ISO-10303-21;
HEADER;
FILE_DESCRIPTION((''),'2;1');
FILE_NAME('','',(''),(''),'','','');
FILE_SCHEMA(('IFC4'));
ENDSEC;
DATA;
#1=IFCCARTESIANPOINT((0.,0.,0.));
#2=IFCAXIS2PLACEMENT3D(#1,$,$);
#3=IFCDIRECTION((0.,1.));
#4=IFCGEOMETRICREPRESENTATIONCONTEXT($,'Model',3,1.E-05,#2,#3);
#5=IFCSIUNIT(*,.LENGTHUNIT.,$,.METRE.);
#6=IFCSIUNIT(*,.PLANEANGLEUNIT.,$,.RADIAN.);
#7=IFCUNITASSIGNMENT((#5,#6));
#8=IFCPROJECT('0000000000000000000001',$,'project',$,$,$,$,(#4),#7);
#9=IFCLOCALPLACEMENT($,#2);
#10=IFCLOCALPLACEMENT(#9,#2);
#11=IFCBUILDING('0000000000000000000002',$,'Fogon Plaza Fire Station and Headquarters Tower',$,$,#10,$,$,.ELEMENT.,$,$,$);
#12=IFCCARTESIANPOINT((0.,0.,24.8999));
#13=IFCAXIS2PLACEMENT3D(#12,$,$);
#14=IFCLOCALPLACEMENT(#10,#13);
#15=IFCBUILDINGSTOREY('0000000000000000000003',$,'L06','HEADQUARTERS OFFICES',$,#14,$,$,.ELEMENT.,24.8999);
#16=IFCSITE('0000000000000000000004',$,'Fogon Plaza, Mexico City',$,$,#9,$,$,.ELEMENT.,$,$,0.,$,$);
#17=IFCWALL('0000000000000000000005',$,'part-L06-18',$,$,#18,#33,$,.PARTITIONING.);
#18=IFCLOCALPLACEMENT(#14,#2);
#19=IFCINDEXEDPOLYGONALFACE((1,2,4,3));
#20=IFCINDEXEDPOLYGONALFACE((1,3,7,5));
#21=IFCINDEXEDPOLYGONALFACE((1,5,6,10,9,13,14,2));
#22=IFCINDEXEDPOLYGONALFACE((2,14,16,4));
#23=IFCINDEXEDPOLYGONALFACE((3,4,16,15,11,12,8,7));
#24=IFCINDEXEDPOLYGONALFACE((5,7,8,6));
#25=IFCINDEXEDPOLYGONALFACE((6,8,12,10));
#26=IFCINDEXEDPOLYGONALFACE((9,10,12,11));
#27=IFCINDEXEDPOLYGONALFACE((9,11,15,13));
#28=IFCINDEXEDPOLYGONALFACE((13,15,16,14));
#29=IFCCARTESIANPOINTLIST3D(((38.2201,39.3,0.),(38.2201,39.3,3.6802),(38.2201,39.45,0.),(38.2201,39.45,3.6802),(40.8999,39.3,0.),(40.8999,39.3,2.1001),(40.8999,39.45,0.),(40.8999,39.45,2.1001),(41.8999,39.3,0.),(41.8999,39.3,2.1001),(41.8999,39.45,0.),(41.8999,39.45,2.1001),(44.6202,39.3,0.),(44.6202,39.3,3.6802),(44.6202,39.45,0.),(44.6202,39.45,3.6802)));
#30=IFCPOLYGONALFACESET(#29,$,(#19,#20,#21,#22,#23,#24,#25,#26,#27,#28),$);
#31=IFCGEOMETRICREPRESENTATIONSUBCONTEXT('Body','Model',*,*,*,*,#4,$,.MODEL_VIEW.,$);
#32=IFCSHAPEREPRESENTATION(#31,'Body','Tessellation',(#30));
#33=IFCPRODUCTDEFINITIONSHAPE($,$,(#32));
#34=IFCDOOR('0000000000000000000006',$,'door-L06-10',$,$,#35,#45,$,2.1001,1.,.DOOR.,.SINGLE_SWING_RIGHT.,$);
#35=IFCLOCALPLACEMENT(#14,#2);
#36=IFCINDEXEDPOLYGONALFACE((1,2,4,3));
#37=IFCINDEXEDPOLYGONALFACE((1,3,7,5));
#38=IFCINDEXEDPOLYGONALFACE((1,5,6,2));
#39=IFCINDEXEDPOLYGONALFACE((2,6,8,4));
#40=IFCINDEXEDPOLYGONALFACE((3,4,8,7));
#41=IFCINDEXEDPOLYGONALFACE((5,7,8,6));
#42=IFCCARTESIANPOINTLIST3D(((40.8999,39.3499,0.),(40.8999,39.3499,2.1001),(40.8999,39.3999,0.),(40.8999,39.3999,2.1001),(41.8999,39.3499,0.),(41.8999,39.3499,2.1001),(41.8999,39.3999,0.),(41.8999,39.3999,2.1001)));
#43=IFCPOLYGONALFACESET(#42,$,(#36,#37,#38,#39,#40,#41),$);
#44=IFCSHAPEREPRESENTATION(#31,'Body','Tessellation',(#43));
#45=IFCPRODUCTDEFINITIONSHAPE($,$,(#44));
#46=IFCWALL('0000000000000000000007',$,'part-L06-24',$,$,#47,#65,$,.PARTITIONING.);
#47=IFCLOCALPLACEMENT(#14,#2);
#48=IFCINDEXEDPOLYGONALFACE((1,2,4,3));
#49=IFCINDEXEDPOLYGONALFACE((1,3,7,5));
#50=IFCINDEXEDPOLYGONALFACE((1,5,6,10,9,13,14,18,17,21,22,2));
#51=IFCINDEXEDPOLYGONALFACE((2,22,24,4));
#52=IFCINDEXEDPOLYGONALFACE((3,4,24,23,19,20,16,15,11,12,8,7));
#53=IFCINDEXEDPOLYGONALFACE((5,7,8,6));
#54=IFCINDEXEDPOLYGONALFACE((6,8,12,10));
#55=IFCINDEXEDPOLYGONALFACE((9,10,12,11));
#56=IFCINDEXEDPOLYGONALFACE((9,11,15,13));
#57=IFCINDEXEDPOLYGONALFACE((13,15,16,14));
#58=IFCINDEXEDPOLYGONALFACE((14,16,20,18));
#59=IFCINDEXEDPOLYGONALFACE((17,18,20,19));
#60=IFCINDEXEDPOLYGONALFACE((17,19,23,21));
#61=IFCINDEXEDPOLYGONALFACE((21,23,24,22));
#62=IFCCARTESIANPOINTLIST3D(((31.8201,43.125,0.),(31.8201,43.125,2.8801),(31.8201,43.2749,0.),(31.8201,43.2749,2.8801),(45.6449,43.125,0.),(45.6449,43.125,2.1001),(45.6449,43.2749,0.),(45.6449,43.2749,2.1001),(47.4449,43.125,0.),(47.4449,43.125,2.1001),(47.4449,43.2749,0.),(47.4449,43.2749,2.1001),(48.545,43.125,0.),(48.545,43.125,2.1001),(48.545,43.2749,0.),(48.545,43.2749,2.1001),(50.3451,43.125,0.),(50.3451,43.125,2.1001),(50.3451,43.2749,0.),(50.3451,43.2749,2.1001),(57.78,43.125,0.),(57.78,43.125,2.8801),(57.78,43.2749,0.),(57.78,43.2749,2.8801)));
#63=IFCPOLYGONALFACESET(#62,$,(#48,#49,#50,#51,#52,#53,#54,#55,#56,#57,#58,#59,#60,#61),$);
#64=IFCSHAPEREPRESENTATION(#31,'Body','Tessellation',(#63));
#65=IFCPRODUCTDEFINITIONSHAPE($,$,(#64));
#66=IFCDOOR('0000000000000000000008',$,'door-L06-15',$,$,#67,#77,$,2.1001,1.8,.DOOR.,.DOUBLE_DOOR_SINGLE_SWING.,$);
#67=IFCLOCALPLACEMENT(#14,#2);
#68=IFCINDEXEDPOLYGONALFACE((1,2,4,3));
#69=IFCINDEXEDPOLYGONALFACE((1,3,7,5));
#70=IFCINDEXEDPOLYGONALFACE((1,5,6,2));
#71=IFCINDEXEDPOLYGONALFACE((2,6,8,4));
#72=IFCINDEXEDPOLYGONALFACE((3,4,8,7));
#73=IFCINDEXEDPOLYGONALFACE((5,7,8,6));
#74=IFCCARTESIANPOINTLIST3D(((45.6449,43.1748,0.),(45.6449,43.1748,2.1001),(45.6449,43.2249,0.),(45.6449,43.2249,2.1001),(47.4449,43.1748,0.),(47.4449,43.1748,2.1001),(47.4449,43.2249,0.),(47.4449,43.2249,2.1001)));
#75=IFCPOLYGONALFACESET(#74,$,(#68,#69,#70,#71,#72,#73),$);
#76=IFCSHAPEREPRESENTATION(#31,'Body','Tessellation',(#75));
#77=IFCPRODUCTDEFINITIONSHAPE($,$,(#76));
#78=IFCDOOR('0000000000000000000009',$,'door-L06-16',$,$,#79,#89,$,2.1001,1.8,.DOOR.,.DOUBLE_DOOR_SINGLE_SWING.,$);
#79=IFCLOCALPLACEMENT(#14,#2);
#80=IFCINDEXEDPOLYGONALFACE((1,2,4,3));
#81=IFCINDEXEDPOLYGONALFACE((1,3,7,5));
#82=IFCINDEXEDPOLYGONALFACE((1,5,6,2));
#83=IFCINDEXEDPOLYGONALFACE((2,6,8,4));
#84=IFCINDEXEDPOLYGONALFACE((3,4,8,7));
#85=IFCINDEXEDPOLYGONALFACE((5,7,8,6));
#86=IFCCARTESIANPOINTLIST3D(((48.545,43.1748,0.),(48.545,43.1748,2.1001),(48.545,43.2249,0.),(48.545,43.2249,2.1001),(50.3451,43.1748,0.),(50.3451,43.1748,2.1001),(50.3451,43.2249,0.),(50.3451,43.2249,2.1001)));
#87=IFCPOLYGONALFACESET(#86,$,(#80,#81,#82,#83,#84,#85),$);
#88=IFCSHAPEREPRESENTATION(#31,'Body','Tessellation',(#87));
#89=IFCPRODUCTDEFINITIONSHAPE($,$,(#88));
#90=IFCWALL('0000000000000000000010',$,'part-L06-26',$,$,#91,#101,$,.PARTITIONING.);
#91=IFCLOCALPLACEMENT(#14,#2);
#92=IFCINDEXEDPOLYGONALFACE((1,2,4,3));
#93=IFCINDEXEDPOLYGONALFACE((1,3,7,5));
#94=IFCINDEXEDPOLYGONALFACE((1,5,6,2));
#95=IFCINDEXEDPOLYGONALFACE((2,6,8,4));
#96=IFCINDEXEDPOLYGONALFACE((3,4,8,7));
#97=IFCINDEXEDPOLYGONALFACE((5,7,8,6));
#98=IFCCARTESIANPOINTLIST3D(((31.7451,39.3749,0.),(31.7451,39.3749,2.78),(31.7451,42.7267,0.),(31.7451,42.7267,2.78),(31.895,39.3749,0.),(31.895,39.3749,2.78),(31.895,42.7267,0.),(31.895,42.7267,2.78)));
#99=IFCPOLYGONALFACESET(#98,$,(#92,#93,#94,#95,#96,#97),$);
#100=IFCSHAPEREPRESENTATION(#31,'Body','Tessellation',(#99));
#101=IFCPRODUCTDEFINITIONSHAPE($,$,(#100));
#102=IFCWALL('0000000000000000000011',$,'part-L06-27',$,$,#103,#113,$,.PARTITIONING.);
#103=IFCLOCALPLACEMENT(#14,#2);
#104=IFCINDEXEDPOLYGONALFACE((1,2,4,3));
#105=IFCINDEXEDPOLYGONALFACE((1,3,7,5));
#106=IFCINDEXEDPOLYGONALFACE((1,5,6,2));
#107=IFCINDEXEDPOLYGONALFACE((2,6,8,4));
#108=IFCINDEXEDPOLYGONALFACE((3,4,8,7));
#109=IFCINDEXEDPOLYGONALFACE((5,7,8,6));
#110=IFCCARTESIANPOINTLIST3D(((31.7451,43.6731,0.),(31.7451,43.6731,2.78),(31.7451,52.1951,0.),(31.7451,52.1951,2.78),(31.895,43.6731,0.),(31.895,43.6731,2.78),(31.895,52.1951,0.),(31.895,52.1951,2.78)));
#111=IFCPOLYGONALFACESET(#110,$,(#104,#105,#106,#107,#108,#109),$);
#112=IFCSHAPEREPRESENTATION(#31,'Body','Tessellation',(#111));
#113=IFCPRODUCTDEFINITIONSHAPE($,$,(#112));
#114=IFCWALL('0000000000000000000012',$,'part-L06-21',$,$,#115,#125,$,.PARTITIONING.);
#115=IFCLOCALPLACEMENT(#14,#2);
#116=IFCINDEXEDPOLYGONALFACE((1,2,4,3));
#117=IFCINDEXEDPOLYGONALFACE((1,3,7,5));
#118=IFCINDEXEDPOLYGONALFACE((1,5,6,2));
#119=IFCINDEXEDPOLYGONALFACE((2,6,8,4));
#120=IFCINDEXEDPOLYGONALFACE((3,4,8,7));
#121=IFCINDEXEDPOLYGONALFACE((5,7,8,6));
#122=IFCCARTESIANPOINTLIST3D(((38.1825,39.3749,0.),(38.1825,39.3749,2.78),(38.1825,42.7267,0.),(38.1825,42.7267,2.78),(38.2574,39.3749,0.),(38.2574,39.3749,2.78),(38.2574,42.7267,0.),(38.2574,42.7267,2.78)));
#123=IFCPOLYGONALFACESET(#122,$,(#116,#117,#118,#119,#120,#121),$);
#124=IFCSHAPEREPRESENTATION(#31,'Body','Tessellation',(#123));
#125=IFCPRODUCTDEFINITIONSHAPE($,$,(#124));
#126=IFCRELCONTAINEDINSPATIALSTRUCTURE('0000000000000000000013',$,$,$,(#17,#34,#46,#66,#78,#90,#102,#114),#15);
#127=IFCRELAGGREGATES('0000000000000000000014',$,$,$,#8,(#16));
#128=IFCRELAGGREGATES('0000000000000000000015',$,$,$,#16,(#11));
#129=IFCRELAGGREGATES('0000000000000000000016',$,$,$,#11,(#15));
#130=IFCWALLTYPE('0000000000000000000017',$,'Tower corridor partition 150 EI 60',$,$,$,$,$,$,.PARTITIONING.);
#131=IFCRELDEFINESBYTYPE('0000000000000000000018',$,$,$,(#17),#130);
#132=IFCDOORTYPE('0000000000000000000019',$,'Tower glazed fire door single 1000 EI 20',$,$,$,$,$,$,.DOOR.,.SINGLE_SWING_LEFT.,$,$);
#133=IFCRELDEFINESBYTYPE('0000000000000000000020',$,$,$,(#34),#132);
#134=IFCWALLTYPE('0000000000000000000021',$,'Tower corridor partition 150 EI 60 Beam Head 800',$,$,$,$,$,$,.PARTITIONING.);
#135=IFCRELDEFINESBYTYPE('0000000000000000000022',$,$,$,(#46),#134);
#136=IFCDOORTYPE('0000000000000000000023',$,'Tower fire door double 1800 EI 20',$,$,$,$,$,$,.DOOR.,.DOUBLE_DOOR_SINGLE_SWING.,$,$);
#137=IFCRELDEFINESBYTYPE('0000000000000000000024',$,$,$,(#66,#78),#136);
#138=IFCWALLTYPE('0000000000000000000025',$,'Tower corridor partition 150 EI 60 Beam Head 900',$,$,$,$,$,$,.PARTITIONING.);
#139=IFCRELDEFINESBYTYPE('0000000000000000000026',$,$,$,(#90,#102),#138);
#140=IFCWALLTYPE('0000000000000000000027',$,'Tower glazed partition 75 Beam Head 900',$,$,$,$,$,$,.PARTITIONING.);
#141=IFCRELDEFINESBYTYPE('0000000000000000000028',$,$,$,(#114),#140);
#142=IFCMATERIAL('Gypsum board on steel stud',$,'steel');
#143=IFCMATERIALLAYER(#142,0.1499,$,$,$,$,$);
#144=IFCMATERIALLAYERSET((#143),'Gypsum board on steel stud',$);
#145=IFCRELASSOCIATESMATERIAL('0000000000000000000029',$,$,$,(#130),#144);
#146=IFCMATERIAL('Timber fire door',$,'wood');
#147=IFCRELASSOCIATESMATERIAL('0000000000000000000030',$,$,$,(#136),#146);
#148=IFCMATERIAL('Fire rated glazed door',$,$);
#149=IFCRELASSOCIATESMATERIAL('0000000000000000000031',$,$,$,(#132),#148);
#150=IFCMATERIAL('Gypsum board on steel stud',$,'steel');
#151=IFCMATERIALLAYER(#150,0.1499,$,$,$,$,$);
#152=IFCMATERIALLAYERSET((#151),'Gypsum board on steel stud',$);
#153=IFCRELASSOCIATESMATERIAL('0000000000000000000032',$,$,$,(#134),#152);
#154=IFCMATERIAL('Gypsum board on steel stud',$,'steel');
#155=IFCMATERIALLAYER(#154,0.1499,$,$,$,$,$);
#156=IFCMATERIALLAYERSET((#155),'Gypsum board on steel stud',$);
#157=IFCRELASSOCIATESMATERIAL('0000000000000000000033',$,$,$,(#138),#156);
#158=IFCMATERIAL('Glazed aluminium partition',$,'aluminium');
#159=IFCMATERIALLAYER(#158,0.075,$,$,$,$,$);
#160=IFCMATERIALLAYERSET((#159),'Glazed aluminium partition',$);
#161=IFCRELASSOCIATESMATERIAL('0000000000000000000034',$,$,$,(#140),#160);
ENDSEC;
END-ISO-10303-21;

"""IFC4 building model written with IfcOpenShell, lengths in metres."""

from ifc_helpers import new_model, si_unit, direction, frame, frame_2d, origin, place, context, subcontext, project, spatial, rectangle, extrude, material, layer, layer_set, type_object, element, fill, save


model = new_model("IFC4")

# Units and contexts
model_context = context("Model", 3, precision=1e-05, world=origin(), true_north=direction((0.0, 1.0)))
body_context = subcontext(model_context, "Body", "Model", "MODEL_VIEW")
ifc_project = project(units=[si_unit("LENGTHUNIT", "METRE"), si_unit("PLANEANGLEUNIT", "RADIAN")], contexts=[model_context])

# Site, building, storey
site_placement = place(None, origin())
site = spatial("IfcSite", under=ifc_project, at=site_placement, Name="Fogon Plaza, Mexico City", CompositionType="ELEMENT", RefElevation=0.0)
building_placement = place(site_placement, origin())
building = spatial("IfcBuilding", under=site, at=building_placement, Name="Fogon Plaza Fire Station and Headquarters Tower", CompositionType="ELEMENT")
storey_placement = place(building_placement, frame((0.0, 0.0, 24.8999)))
storey = spatial("IfcBuildingStorey", under=building, at=storey_placement, Name="L06", Description="HEADQUARTERS OFFICES", CompositionType="ELEMENT", Elevation=24.8999)

# Shared definitions
ifc_material_1 = material(Name="Gypsum board on steel stud", Category="steel")
ifc_layer_1 = layer(ifc_material_1, 0.1499)
ifc_layer_set_1 = layer_set([ifc_layer_1], Name="Gypsum board on steel stud")
wall_type_1 = type_object("IfcWallType", Name="Tower corridor partition 150 EI 60", PredefinedType="PARTITIONING", material=ifc_layer_set_1)

# Shared definitions
ifc_material_2 = material(Name="Timber fire door", Category="wood")
door_type_1 = type_object("IfcDoorType", Name="Tower fire door double 1800 EI 20", OperationType="DOUBLE_DOOR_SINGLE_SWING", PredefinedType="DOOR", material=ifc_material_2)

# Wall, opening, door
ifc_material_3 = material(Name="Fire rated glazed door")
door_type_2 = type_object("IfcDoorType", Name="Tower glazed fire door single 1000 EI 20", OperationType="SINGLE_SWING_LEFT", PredefinedType="DOOR", material=ifc_material_3)
wall_1_placement = place(storey_placement, frame((38.22, 39.375, 0.0), z_axis=(0.0, 0.0, 1.0), x_axis=(1.0, 0.0, 0.0)))
wall_1 = element("IfcWall", 1, at=wall_1_placement, inside=storey, type_object=wall_type_1, Name="part-L06-18", PredefinedType="PARTITIONING", context=body_context, shape_type="SweptSolid", body=[
    extrude(rectangle(XDim=6.4001, YDim=0.1499, at=frame_2d((3.2002, 0.0))), origin(), (0.0, 0.0, 1.0), 3.6802),
])
opening_1_placement = place(wall_1_placement, frame((2.6799, 0.0, 0.0)))
opening_1 = element("IfcOpeningElement", 2, at=opening_1_placement, cuts=wall_1, PredefinedType="OPENING", context=body_context, shape_type="SweptSolid", body=[
    extrude(rectangle(XDim=1.0, YDim=2.1001, at=frame_2d((0.5, 1.05))), frame((0.0, 0.085, 0.0), z_axis=(0.0, -1.0, 0.0), x_axis=(1.0, 0.0, 0.0)), (0.0, 0.0, 1.0), 0.1699),
])
door_1_placement = place(opening_1_placement, origin())
door_1 = element("IfcDoor", 3, at=door_1_placement, inside=storey, type_object=door_type_2, Name="door-L06-10", OperationType="SINGLE_SWING_RIGHT", OverallHeight=2.1001, OverallWidth=1.0, PredefinedType="DOOR", context=body_context, shape_type="SweptSolid", body=[
    extrude(rectangle(XDim=1.0, YDim=2.1001, at=frame_2d((0.5, 1.05))), frame((0.0, 0.0249, 0.0), z_axis=(0.0, -1.0, 0.0), x_axis=(1.0, 0.0, 0.0)), (0.0, 0.0, 1.0), 0.05),
])
fill(opening_1, door_1)

# Wall, openings, doors
ifc_material_4 = material(Name="Gypsum board on steel stud", Category="steel")
ifc_layer_2 = layer(ifc_material_4, 0.1499)
ifc_layer_set_2 = layer_set([ifc_layer_2], Name="Gypsum board on steel stud")
wall_type_2 = type_object("IfcWallType", Name="Tower corridor partition 150 EI 60 Beam Head 800", PredefinedType="PARTITIONING", material=ifc_layer_set_2)
wall_2_placement = place(storey_placement, frame((31.8201, 43.2, 0.0), z_axis=(0.0, 0.0, 1.0), x_axis=(1.0, 0.0, 0.0)))
wall_2 = element("IfcWall", 4, at=wall_2_placement, inside=storey, type_object=wall_type_2, Name="part-L06-24", PredefinedType="PARTITIONING", context=body_context, shape_type="SweptSolid", body=[
    extrude(rectangle(XDim=25.96, YDim=0.1499, at=frame_2d((12.98, 0.0))), origin(), (0.0, 0.0, 1.0), 2.8801),
])
opening_2_placement = place(wall_2_placement, frame((13.825, 0.0, 0.0)))
opening_2 = element("IfcOpeningElement", 5, at=opening_2_placement, cuts=wall_2, PredefinedType="OPENING", context=body_context, shape_type="SweptSolid", body=[
    extrude(rectangle(XDim=1.8, YDim=2.1001, at=frame_2d((0.8999, 1.05))), frame((0.0, 0.085, 0.0), z_axis=(0.0, -1.0, 0.0), x_axis=(1.0, 0.0, 0.0)), (0.0, 0.0, 1.0), 0.1699),
])
opening_3_placement = place(wall_2_placement, frame((16.7251, 0.0, 0.0)))
opening_3 = element("IfcOpeningElement", 6, at=opening_3_placement, cuts=wall_2, PredefinedType="OPENING", context=body_context, shape_type="SweptSolid", body=[
    extrude(rectangle(XDim=1.8, YDim=2.1001, at=frame_2d((0.8999, 1.05))), frame((0.0, 0.085, 0.0), z_axis=(0.0, -1.0, 0.0), x_axis=(1.0, 0.0, 0.0)), (0.0, 0.0, 1.0), 0.1699),
])
door_2_placement = place(opening_2_placement, origin())
door_2 = element("IfcDoor", 7, at=door_2_placement, inside=storey, type_object=door_type_1, Name="door-L06-15", OperationType="DOUBLE_DOOR_SINGLE_SWING", OverallHeight=2.1001, OverallWidth=1.8, PredefinedType="DOOR", context=body_context, shape_type="SweptSolid", body=[
    extrude(rectangle(XDim=1.8, YDim=2.1001, at=frame_2d((0.8999, 1.05))), frame((0.0, 0.0249, 0.0), z_axis=(0.0, -1.0, 0.0), x_axis=(1.0, 0.0, 0.0)), (0.0, 0.0, 1.0), 0.05),
])
fill(opening_2, door_2)
door_3_placement = place(opening_3_placement, origin())
door_3 = element("IfcDoor", 8, at=door_3_placement, inside=storey, type_object=door_type_1, Name="door-L06-16", OperationType="DOUBLE_DOOR_SINGLE_SWING", OverallHeight=2.1001, OverallWidth=1.8, PredefinedType="DOOR", context=body_context, shape_type="SweptSolid", body=[
    extrude(rectangle(XDim=1.8, YDim=2.1001, at=frame_2d((0.8999, 1.05))), frame((0.0, 0.0249, 0.0), z_axis=(0.0, -1.0, 0.0), x_axis=(1.0, 0.0, 0.0)), (0.0, 0.0, 1.0), 0.05),
])
fill(opening_3, door_3)

# Walls
ifc_material_5 = material(Name="Gypsum board on steel stud", Category="steel")
ifc_layer_3 = layer(ifc_material_5, 0.1499)
ifc_layer_set_3 = layer_set([ifc_layer_3], Name="Gypsum board on steel stud")
wall_type_3 = type_object("IfcWallType", Name="Tower corridor partition 150 EI 60 Beam Head 900", PredefinedType="PARTITIONING", material=ifc_layer_set_3)
wall_3_placement = place(storey_placement, frame((31.8201, 39.375, 0.0), z_axis=(0.0, 0.0, 1.0), x_axis=(0.0, 1.0, 0.0)))
element("IfcWall", 9, at=wall_3_placement, inside=storey, type_object=wall_type_3, Name="part-L06-26", PredefinedType="PARTITIONING", context=body_context, shape_type="SweptSolid", body=[
    extrude(rectangle(XDim=3.3518, YDim=0.1499, at=frame_2d((1.6758, 0.0))), origin(), (0.0, 0.0, 1.0), 2.78),
])
wall_4_placement = place(storey_placement, frame((31.8201, 43.6731, 0.0), z_axis=(0.0, 0.0, 1.0), x_axis=(0.0, 1.0, 0.0)))
element("IfcWall", 10, at=wall_4_placement, inside=storey, type_object=wall_type_3, Name="part-L06-27", PredefinedType="PARTITIONING", context=body_context, shape_type="SweptSolid", body=[
    extrude(rectangle(XDim=8.522, YDim=0.1499, at=frame_2d((4.261, 0.0))), origin(), (0.0, 0.0, 1.0), 2.78),
])
ifc_material_6 = material(Name="Glazed aluminium partition", Category="aluminium")
ifc_layer_4 = layer(ifc_material_6, 0.075)
ifc_layer_set_4 = layer_set([ifc_layer_4], Name="Glazed aluminium partition")
wall_type_4 = type_object("IfcWallType", Name="Tower glazed partition 75 Beam Head 900", PredefinedType="PARTITIONING", material=ifc_layer_set_4)
wall_5_placement = place(storey_placement, frame((38.22, 39.375, 0.0), z_axis=(0.0, 0.0, 1.0), x_axis=(0.0, 1.0, 0.0)))
element("IfcWall", 11, at=wall_5_placement, inside=storey, type_object=wall_type_4, Name="part-L06-21", PredefinedType="PARTITIONING", context=body_context, shape_type="SweptSolid", body=[
    extrude(rectangle(XDim=3.3518, YDim=0.075, at=frame_2d((1.6758, 0.0))), origin(), (0.0, 0.0, 1.0), 2.78),
])

save(model, "model.ifc")
